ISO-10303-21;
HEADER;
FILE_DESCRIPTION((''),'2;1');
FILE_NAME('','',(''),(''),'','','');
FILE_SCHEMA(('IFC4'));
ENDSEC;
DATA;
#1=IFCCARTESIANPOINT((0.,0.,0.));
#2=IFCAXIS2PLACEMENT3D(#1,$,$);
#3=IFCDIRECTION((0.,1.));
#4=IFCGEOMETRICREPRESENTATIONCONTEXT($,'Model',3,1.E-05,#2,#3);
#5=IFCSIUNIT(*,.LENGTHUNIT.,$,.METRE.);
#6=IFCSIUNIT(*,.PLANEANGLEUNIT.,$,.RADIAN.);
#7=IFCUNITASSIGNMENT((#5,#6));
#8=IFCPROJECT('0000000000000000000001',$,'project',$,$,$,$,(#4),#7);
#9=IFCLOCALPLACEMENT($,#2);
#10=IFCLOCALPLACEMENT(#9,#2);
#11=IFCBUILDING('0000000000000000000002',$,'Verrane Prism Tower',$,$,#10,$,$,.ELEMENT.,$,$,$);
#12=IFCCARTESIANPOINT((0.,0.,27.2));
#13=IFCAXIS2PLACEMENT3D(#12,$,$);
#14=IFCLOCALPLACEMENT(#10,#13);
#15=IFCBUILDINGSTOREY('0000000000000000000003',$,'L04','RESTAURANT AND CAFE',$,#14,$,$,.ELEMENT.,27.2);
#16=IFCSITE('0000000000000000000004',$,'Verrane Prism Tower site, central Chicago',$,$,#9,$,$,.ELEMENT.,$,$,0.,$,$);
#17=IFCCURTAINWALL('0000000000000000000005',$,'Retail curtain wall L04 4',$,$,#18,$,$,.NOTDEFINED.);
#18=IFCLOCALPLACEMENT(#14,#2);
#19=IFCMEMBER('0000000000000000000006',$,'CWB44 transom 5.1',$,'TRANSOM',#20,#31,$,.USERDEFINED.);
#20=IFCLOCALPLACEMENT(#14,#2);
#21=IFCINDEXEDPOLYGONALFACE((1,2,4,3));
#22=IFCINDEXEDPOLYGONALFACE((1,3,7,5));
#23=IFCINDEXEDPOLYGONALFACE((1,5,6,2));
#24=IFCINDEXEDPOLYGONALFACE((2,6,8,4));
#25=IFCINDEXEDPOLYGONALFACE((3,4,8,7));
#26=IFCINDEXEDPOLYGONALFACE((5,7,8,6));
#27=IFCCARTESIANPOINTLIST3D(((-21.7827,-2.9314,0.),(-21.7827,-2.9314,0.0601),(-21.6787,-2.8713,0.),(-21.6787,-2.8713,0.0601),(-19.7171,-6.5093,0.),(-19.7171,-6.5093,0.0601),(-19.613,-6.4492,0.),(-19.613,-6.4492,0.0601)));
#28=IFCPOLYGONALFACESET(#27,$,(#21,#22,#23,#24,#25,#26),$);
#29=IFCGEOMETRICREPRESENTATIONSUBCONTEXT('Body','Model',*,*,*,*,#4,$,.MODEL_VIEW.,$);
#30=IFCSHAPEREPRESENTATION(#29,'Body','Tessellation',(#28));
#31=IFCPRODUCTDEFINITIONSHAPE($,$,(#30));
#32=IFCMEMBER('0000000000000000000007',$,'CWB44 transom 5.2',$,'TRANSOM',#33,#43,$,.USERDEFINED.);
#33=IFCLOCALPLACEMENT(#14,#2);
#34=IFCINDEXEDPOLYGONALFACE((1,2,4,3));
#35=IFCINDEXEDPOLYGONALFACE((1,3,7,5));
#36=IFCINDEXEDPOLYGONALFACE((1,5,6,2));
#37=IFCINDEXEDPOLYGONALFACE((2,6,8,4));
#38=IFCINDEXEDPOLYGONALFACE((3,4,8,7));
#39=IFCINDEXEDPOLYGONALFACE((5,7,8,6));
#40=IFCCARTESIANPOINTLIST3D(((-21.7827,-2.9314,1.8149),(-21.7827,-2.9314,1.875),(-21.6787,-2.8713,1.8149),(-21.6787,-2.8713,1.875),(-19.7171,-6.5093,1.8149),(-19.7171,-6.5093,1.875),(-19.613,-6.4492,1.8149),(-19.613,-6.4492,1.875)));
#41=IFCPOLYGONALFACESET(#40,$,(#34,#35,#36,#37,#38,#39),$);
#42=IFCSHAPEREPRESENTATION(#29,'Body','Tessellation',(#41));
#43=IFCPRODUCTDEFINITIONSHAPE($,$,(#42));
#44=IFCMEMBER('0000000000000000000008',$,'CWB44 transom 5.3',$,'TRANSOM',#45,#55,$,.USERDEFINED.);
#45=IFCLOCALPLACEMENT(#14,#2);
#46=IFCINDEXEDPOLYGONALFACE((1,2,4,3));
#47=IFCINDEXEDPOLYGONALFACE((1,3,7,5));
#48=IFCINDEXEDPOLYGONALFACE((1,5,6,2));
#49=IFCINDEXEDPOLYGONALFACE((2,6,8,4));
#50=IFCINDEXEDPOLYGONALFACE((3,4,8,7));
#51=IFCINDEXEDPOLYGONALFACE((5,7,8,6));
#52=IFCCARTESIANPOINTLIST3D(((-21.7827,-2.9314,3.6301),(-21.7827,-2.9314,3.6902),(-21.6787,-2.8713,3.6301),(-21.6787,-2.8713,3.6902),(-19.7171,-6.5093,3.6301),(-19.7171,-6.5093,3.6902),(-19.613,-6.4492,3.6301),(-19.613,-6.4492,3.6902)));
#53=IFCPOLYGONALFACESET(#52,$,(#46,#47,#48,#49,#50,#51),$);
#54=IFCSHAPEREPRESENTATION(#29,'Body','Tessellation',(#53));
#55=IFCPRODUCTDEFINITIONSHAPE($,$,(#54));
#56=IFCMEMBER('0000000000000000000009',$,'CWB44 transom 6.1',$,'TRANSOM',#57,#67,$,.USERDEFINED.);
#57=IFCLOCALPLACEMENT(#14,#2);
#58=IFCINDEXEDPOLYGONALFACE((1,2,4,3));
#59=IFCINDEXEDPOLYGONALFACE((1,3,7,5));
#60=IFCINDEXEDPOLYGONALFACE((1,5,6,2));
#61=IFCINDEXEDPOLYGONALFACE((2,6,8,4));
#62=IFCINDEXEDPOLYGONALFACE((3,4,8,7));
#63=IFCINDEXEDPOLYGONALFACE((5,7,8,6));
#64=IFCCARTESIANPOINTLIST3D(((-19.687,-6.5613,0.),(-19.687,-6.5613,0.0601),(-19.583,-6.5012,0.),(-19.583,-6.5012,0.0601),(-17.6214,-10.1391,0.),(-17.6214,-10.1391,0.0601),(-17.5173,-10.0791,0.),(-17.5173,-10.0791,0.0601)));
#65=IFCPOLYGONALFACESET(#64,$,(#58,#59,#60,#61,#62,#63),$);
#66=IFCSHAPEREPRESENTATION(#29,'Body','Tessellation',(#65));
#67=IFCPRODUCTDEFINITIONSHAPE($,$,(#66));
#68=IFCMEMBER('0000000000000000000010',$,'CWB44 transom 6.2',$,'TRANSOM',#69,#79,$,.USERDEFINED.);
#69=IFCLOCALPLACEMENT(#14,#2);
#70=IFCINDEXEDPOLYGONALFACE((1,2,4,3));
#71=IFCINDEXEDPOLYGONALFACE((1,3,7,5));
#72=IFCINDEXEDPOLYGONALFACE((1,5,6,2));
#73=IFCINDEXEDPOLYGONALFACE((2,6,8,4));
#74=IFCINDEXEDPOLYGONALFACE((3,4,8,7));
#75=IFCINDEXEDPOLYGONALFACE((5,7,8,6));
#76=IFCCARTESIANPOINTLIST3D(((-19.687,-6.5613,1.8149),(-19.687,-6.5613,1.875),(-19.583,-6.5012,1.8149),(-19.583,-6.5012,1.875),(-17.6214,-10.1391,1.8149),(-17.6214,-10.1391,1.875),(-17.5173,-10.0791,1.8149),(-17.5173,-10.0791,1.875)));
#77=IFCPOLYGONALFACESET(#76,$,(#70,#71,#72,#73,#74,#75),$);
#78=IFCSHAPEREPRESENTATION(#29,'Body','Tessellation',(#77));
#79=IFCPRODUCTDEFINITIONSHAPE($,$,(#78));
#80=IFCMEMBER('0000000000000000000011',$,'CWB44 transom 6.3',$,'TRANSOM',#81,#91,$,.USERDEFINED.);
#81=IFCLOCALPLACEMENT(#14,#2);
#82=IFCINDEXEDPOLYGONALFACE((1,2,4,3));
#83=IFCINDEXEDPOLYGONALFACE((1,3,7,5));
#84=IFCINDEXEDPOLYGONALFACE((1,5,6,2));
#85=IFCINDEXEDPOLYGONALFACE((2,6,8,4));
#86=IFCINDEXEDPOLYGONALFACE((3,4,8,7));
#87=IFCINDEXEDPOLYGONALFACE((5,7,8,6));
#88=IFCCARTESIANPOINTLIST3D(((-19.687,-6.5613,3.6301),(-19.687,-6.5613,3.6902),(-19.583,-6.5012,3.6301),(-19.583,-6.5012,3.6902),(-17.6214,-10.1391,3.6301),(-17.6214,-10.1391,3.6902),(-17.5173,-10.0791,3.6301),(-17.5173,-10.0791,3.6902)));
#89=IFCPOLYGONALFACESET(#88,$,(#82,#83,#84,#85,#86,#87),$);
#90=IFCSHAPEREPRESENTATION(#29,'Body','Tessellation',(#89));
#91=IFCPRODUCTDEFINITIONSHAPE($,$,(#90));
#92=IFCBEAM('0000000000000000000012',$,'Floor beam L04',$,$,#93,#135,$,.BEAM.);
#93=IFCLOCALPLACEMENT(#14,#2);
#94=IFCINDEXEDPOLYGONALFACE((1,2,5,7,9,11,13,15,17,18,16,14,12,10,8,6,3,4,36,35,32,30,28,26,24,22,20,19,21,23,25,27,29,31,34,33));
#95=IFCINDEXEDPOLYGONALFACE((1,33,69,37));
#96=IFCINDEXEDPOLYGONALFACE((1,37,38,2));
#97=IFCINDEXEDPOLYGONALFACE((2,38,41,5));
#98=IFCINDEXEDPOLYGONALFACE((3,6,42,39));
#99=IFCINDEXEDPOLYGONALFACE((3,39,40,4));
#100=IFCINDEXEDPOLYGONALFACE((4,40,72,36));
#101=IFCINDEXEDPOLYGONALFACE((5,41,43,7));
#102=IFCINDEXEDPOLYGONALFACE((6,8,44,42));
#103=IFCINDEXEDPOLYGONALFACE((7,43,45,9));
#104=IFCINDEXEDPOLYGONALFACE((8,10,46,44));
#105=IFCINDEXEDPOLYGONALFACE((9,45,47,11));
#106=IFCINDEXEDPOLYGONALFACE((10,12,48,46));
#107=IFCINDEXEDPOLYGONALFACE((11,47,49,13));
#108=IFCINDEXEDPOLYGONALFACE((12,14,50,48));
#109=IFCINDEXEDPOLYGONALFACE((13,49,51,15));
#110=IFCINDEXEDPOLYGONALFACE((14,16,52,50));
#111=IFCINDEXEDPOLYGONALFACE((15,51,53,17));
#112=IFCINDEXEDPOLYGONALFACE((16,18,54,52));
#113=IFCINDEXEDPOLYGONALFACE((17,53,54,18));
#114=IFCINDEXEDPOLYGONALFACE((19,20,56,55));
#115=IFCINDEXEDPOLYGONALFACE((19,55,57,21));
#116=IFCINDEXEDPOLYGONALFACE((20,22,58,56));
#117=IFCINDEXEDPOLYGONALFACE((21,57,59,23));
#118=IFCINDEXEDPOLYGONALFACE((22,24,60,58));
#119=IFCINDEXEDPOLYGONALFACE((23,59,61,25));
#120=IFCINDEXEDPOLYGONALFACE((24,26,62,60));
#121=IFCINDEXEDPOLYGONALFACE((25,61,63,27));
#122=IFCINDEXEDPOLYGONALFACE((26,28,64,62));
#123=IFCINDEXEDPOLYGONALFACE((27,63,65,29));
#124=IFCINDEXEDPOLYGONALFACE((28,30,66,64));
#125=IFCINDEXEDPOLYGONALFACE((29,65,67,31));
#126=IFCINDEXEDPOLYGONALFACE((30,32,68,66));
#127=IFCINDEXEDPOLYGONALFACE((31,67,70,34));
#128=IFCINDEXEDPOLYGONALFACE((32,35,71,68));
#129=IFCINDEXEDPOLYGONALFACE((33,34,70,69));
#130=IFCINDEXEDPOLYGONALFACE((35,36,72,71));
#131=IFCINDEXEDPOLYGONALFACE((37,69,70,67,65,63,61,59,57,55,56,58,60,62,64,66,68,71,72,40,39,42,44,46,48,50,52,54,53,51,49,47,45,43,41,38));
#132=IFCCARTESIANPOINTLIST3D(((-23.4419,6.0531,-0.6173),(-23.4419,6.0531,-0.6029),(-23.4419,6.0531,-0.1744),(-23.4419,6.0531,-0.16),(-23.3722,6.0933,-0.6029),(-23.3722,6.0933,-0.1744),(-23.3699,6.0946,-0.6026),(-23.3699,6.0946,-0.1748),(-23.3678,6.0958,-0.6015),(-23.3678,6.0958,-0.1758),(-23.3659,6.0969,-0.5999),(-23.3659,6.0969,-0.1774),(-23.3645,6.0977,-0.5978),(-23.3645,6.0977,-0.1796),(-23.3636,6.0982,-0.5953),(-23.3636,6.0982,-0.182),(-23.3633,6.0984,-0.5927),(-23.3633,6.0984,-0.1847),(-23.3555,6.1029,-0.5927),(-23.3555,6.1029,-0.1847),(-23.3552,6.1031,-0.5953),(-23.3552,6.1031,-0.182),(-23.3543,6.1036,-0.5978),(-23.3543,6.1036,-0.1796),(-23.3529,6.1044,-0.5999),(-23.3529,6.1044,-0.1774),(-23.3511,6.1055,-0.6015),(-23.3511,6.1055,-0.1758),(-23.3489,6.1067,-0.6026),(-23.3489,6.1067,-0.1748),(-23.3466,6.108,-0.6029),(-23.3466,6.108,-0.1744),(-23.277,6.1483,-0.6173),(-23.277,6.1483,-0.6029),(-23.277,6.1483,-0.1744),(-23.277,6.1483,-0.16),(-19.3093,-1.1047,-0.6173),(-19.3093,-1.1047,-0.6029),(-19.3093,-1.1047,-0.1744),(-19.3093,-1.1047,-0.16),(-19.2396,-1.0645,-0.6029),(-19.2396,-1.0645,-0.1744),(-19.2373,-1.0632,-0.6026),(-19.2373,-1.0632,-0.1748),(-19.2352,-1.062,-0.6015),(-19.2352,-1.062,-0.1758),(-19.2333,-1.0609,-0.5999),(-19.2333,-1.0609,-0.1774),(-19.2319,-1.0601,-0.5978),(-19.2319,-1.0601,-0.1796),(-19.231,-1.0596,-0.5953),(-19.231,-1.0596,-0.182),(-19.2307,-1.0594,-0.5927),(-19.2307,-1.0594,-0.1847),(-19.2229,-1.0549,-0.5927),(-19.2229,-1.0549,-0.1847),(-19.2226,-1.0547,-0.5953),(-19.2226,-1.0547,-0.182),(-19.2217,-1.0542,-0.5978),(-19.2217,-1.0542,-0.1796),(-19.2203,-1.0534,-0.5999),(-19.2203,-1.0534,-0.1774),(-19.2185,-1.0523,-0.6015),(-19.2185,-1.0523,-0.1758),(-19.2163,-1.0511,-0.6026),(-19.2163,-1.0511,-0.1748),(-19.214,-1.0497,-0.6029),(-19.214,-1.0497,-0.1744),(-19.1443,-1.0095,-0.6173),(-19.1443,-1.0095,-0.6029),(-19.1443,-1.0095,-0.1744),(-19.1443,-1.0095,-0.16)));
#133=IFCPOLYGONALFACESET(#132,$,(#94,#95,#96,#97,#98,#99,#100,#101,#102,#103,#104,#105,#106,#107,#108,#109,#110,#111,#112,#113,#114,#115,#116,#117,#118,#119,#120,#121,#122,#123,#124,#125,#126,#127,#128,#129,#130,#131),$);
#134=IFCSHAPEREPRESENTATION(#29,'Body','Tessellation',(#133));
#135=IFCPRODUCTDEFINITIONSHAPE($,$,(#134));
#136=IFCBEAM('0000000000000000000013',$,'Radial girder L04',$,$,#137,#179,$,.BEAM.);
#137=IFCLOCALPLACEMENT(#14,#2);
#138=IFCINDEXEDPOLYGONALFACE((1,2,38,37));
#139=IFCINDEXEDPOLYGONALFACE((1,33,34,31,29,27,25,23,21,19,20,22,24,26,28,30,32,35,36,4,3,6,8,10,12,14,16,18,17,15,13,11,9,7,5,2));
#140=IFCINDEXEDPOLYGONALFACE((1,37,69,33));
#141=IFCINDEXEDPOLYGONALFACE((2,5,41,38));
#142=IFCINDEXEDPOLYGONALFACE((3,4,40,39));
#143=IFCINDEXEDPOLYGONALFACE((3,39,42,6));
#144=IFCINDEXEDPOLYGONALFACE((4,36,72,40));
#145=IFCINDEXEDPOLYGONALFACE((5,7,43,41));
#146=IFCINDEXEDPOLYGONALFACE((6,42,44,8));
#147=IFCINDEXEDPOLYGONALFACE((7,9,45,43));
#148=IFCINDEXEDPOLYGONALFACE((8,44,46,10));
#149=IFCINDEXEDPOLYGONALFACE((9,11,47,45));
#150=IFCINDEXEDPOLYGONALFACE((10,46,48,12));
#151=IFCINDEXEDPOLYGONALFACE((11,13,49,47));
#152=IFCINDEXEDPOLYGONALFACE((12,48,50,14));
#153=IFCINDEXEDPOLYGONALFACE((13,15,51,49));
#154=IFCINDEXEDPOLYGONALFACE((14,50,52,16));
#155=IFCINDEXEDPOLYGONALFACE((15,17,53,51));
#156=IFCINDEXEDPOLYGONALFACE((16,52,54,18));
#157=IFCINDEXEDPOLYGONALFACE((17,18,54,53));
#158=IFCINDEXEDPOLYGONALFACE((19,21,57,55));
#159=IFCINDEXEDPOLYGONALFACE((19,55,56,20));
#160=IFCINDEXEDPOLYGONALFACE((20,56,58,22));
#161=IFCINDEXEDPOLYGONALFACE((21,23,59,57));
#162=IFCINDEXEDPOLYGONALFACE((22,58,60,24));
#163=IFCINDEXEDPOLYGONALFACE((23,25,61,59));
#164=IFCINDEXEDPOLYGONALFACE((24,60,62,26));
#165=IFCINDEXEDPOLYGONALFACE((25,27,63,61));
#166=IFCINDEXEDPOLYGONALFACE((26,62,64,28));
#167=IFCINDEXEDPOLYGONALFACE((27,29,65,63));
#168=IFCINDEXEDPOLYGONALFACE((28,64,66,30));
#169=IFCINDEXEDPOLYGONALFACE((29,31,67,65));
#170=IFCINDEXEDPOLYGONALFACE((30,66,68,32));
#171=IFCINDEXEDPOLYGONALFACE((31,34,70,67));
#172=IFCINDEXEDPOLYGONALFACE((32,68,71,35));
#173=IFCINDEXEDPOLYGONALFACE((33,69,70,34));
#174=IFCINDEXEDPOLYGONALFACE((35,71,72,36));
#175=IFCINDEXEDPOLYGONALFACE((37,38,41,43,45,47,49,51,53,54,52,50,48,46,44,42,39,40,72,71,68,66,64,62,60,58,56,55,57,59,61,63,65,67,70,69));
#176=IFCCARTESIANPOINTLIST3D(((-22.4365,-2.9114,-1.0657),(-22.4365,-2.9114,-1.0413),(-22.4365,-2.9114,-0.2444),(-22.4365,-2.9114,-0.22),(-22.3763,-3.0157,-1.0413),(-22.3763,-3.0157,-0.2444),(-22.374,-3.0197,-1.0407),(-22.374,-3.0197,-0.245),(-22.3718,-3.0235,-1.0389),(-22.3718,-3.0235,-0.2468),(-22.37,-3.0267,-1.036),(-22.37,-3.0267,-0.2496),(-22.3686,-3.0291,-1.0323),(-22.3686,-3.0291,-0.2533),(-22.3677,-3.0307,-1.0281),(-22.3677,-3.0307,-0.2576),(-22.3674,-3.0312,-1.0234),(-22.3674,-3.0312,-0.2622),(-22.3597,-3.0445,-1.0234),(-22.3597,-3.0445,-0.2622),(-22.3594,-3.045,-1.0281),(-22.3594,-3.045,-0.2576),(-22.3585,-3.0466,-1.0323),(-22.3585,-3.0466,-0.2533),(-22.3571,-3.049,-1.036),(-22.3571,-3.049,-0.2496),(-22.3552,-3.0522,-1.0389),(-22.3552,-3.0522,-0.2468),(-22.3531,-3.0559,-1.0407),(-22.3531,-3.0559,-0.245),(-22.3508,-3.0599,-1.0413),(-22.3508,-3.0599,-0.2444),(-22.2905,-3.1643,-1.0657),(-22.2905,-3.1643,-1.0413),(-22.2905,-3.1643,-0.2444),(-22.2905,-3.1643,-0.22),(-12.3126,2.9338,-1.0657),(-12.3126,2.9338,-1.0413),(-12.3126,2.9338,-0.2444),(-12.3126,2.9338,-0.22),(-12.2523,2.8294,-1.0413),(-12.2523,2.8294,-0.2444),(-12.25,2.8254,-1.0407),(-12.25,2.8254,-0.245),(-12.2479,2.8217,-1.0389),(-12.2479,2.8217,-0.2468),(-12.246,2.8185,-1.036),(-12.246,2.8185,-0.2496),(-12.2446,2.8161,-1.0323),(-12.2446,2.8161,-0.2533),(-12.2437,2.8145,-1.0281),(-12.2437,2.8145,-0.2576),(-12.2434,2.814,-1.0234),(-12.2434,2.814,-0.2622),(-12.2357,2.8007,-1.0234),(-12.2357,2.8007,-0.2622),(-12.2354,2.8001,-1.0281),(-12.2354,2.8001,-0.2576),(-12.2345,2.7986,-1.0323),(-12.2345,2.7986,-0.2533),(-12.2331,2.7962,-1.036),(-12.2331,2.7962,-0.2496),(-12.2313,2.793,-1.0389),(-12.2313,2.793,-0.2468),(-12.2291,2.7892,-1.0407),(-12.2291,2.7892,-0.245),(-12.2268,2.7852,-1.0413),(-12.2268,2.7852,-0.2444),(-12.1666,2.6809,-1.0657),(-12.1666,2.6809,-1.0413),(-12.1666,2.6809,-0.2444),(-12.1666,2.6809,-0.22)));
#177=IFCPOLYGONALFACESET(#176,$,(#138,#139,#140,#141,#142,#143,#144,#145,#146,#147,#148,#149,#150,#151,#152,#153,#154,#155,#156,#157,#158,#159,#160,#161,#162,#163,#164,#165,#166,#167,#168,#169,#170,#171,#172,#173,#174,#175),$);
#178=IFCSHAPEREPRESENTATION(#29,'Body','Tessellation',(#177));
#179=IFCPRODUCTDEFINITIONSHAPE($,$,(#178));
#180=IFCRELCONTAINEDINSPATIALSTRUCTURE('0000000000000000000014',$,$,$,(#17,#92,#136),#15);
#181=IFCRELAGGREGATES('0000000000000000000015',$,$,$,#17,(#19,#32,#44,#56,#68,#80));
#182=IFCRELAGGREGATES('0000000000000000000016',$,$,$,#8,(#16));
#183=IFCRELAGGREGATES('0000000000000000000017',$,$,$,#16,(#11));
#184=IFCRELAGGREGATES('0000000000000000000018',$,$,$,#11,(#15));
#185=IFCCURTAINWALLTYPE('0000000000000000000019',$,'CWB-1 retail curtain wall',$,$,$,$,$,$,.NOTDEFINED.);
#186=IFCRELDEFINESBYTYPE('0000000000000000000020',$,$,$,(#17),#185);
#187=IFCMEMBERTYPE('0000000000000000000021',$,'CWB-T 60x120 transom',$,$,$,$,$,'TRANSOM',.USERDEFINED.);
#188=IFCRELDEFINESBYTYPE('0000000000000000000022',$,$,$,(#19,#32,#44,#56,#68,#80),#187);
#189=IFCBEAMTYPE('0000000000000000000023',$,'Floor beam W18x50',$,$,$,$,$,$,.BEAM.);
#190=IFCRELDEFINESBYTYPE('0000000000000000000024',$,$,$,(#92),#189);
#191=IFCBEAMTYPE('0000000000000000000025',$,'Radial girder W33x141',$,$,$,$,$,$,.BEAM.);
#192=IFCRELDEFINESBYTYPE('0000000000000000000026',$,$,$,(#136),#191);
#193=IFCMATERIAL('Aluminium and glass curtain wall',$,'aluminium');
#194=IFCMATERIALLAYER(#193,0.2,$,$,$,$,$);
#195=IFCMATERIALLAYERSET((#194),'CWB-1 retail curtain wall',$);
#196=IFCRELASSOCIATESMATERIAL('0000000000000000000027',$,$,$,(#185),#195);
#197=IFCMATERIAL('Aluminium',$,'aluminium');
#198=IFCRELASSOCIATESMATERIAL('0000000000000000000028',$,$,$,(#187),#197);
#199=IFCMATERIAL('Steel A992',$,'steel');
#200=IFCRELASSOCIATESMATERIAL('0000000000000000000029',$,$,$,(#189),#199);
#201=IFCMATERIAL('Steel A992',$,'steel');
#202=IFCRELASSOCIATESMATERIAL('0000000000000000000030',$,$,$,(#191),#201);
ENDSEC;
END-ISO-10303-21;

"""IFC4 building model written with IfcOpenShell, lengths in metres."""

from ifc_helpers import new_model, si_unit, direction, frame, origin, origin_2d, place, context, subcontext, project, spatial, rectangle, i_section, extrude, material, layer, layer_set, material_profile, profile_set, type_object, element, aggregate, save


model = new_model("IFC4")

# Units and contexts
model_context = context("Model", 3, precision=1e-05, world=origin(), true_north=direction((0.0, 1.0)))
body_context = subcontext(model_context, "Body", "Model", "MODEL_VIEW")
ifc_project = project(units=[si_unit("LENGTHUNIT", "METRE"), si_unit("PLANEANGLEUNIT", "RADIAN")], contexts=[model_context])

# Site, building, storey
site_placement = place(None, origin())
site = spatial("IfcSite", under=ifc_project, at=site_placement, Name="Verrane Prism Tower site, central Chicago", CompositionType="ELEMENT", RefElevation=0.0)
building_placement = place(site_placement, origin())
building = spatial("IfcBuilding", under=site, at=building_placement, Name="Verrane Prism Tower", CompositionType="ELEMENT")
storey_placement = place(building_placement, frame((0.0, 0.0, 27.2)))
storey = spatial("IfcBuildingStorey", under=building, at=storey_placement, Name="L04", Description="RESTAURANT AND CAFE", CompositionType="ELEMENT", Elevation=27.2)

# Curtain wall, members
ifc_material_1 = material(Name="Aluminium and glass curtain wall", Category="aluminium")
ifc_layer_1 = layer(ifc_material_1, 0.2)
ifc_layer_set_1 = layer_set([ifc_layer_1], Name="CWB-1 retail curtain wall")
curtain_wall_type = type_object("IfcCurtainWallType", Name="CWB-1 retail curtain wall", PredefinedType="NOTDEFINED", material=ifc_layer_set_1)
curtain_wall_placement = place(storey_placement, origin())
curtain_wall = element("IfcCurtainWall", 1, at=curtain_wall_placement, inside=storey, type_object=curtain_wall_type, Name="Retail curtain wall L04 4", PredefinedType="NOTDEFINED")
ifc_material_2 = material(Name="Aluminium", Category="aluminium")
ifc_material_profile_1 = material_profile(ifc_material_2, rectangle(XDim=0.1201, YDim=0.0601, at=origin_2d()), Name="CWB-T 60x120 transom")
ifc_profile_set_1 = profile_set([ifc_material_profile_1], Name="Aluminium")
member_type_1 = type_object("IfcMemberType", Name="CWB-T 60x120 transom", ElementType="TRANSOM", PredefinedType="USERDEFINED", material=ifc_profile_set_1)
member_1_placement = place(storey_placement, frame((-21.7307, -2.9014, 0.03), z_axis=(0.499997, -0.866027, 0.0), x_axis=(0.866027, 0.499997, 0.0)))
member_1 = element("IfcMember", 2, at=member_1_placement, type_object=member_type_1, Name="CWB44 transom 5.1", ObjectType="TRANSOM", PredefinedType="USERDEFINED", context=body_context, shape_type="SweptSolid", body=[
    extrude(rectangle(XDim=0.1201, YDim=0.0601, at=origin_2d()), origin(), (0.0, 0.0, 1.0), 4.1313),
])
member_2_placement = place(storey_placement, frame((-21.7307, -2.9014, 1.845), z_axis=(0.499997, -0.866027, 0.0), x_axis=(0.866027, 0.499997, 0.0)))
member_2 = element("IfcMember", 3, at=member_2_placement, type_object=member_type_1, Name="CWB44 transom 5.2", ObjectType="TRANSOM", PredefinedType="USERDEFINED", context=body_context, shape_type="SweptSolid", body=[
    extrude(rectangle(XDim=0.1201, YDim=0.0601, at=origin_2d()), origin(), (0.0, 0.0, 1.0), 4.1313),
])
member_3_placement = place(storey_placement, frame((-21.7307, -2.9014, 3.6602), z_axis=(0.499997, -0.866027, 0.0), x_axis=(0.866027, 0.499997, 0.0)))
member_3 = element("IfcMember", 4, at=member_3_placement, type_object=member_type_1, Name="CWB44 transom 5.3", ObjectType="TRANSOM", PredefinedType="USERDEFINED", context=body_context, shape_type="SweptSolid", body=[
    extrude(rectangle(XDim=0.1201, YDim=0.0601, at=origin_2d()), origin(), (0.0, 0.0, 1.0), 4.1313),
])
member_4_placement = place(storey_placement, frame((-19.635, -6.5312, 0.03), z_axis=(0.499997, -0.866027, 0.0), x_axis=(0.866027, 0.499997, 0.0)))
member_4 = element("IfcMember", 5, at=member_4_placement, type_object=member_type_1, Name="CWB44 transom 6.1", ObjectType="TRANSOM", PredefinedType="USERDEFINED", context=body_context, shape_type="SweptSolid", body=[
    extrude(rectangle(XDim=0.1201, YDim=0.0601, at=origin_2d()), origin(), (0.0, 0.0, 1.0), 4.1313),
])
member_5_placement = place(storey_placement, frame((-19.635, -6.5312, 1.845), z_axis=(0.499997, -0.866027, 0.0), x_axis=(0.866027, 0.499997, 0.0)))
member_5 = element("IfcMember", 6, at=member_5_placement, type_object=member_type_1, Name="CWB44 transom 6.2", ObjectType="TRANSOM", PredefinedType="USERDEFINED", context=body_context, shape_type="SweptSolid", body=[
    extrude(rectangle(XDim=0.1201, YDim=0.0601, at=origin_2d()), origin(), (0.0, 0.0, 1.0), 4.1313),
])
member_6_placement = place(storey_placement, frame((-19.635, -6.5312, 3.6602), z_axis=(0.499997, -0.866027, 0.0), x_axis=(0.866027, 0.499997, 0.0)))
member_6 = element("IfcMember", 7, at=member_6_placement, type_object=member_type_1, Name="CWB44 transom 6.3", ObjectType="TRANSOM", PredefinedType="USERDEFINED", context=body_context, shape_type="SweptSolid", body=[
    extrude(rectangle(XDim=0.1201, YDim=0.0601, at=origin_2d()), origin(), (0.0, 0.0, 1.0), 4.1313),
])

# Beams
ifc_material_3 = material(Name="Steel A992", Category="steel")
ifc_material_profile_2 = material_profile(ifc_material_3, i_section(OverallWidth=0.1904, OverallDepth=0.4573, WebThickness=0.009, FlangeThickness=0.0144, FilletRadius=0.0103, at=origin_2d()), Name="W18x50")
ifc_profile_set_2 = profile_set([ifc_material_profile_2], Name="Steel A992")
beam_type_1 = type_object("IfcBeamType", Name="Floor beam W18x50", PredefinedType="BEAM", material=ifc_profile_set_2)
beam_1_placement = place(storey_placement, frame((-19.2268, -1.0571, -0.3887), z_axis=(-0.500005, 0.866022, 0.0), x_axis=(-0.866022, -0.500005, 0.0)))
element("IfcBeam", 8, at=beam_1_placement, inside=storey, type_object=beam_type_1, Name="Floor beam L04", PredefinedType="BEAM", context=body_context, shape_type="SweptSolid", body=[
    extrude(i_section(OverallWidth=0.1904, OverallDepth=0.4573, WebThickness=0.009, FlangeThickness=0.0144, FilletRadius=0.0103, at=origin_2d()), origin(), (0.0, 0.0, 1.0), 8.2651),
])
ifc_material_4 = material(Name="Steel A992", Category="steel")
ifc_material_profile_3 = material_profile(ifc_material_4, i_section(OverallWidth=0.292, OverallDepth=0.8457, WebThickness=0.0154, FlangeThickness=0.0244, FilletRadius=0.0178, at=origin_2d()), Name="W33x141")
ifc_profile_set_3 = profile_set([ifc_material_profile_3], Name="Steel A992")
beam_type_2 = type_object("IfcBeamType", Name="Radial girder W33x141", PredefinedType="BEAM", material=ifc_profile_set_3)
beam_2_placement = place(storey_placement, frame((-22.3635, -3.0378, -0.6428), z_axis=(0.866021, 0.500007, 0.0), x_axis=(-0.500007, 0.866021, 0.0)))
element("IfcBeam", 9, at=beam_2_placement, inside=storey, type_object=beam_type_2, Name="Radial girder L04", PredefinedType="BEAM", context=body_context, shape_type="SweptSolid", body=[
    extrude(i_section(OverallWidth=0.292, OverallDepth=0.8457, WebThickness=0.0154, FlangeThickness=0.0244, FilletRadius=0.0178, at=origin_2d()), origin(), (0.0, 0.0, 1.0), 11.6902),
])

aggregate(curtain_wall, [member_1, member_2, member_3, member_4, member_5, member_6])

save(model, "model.ifc")
